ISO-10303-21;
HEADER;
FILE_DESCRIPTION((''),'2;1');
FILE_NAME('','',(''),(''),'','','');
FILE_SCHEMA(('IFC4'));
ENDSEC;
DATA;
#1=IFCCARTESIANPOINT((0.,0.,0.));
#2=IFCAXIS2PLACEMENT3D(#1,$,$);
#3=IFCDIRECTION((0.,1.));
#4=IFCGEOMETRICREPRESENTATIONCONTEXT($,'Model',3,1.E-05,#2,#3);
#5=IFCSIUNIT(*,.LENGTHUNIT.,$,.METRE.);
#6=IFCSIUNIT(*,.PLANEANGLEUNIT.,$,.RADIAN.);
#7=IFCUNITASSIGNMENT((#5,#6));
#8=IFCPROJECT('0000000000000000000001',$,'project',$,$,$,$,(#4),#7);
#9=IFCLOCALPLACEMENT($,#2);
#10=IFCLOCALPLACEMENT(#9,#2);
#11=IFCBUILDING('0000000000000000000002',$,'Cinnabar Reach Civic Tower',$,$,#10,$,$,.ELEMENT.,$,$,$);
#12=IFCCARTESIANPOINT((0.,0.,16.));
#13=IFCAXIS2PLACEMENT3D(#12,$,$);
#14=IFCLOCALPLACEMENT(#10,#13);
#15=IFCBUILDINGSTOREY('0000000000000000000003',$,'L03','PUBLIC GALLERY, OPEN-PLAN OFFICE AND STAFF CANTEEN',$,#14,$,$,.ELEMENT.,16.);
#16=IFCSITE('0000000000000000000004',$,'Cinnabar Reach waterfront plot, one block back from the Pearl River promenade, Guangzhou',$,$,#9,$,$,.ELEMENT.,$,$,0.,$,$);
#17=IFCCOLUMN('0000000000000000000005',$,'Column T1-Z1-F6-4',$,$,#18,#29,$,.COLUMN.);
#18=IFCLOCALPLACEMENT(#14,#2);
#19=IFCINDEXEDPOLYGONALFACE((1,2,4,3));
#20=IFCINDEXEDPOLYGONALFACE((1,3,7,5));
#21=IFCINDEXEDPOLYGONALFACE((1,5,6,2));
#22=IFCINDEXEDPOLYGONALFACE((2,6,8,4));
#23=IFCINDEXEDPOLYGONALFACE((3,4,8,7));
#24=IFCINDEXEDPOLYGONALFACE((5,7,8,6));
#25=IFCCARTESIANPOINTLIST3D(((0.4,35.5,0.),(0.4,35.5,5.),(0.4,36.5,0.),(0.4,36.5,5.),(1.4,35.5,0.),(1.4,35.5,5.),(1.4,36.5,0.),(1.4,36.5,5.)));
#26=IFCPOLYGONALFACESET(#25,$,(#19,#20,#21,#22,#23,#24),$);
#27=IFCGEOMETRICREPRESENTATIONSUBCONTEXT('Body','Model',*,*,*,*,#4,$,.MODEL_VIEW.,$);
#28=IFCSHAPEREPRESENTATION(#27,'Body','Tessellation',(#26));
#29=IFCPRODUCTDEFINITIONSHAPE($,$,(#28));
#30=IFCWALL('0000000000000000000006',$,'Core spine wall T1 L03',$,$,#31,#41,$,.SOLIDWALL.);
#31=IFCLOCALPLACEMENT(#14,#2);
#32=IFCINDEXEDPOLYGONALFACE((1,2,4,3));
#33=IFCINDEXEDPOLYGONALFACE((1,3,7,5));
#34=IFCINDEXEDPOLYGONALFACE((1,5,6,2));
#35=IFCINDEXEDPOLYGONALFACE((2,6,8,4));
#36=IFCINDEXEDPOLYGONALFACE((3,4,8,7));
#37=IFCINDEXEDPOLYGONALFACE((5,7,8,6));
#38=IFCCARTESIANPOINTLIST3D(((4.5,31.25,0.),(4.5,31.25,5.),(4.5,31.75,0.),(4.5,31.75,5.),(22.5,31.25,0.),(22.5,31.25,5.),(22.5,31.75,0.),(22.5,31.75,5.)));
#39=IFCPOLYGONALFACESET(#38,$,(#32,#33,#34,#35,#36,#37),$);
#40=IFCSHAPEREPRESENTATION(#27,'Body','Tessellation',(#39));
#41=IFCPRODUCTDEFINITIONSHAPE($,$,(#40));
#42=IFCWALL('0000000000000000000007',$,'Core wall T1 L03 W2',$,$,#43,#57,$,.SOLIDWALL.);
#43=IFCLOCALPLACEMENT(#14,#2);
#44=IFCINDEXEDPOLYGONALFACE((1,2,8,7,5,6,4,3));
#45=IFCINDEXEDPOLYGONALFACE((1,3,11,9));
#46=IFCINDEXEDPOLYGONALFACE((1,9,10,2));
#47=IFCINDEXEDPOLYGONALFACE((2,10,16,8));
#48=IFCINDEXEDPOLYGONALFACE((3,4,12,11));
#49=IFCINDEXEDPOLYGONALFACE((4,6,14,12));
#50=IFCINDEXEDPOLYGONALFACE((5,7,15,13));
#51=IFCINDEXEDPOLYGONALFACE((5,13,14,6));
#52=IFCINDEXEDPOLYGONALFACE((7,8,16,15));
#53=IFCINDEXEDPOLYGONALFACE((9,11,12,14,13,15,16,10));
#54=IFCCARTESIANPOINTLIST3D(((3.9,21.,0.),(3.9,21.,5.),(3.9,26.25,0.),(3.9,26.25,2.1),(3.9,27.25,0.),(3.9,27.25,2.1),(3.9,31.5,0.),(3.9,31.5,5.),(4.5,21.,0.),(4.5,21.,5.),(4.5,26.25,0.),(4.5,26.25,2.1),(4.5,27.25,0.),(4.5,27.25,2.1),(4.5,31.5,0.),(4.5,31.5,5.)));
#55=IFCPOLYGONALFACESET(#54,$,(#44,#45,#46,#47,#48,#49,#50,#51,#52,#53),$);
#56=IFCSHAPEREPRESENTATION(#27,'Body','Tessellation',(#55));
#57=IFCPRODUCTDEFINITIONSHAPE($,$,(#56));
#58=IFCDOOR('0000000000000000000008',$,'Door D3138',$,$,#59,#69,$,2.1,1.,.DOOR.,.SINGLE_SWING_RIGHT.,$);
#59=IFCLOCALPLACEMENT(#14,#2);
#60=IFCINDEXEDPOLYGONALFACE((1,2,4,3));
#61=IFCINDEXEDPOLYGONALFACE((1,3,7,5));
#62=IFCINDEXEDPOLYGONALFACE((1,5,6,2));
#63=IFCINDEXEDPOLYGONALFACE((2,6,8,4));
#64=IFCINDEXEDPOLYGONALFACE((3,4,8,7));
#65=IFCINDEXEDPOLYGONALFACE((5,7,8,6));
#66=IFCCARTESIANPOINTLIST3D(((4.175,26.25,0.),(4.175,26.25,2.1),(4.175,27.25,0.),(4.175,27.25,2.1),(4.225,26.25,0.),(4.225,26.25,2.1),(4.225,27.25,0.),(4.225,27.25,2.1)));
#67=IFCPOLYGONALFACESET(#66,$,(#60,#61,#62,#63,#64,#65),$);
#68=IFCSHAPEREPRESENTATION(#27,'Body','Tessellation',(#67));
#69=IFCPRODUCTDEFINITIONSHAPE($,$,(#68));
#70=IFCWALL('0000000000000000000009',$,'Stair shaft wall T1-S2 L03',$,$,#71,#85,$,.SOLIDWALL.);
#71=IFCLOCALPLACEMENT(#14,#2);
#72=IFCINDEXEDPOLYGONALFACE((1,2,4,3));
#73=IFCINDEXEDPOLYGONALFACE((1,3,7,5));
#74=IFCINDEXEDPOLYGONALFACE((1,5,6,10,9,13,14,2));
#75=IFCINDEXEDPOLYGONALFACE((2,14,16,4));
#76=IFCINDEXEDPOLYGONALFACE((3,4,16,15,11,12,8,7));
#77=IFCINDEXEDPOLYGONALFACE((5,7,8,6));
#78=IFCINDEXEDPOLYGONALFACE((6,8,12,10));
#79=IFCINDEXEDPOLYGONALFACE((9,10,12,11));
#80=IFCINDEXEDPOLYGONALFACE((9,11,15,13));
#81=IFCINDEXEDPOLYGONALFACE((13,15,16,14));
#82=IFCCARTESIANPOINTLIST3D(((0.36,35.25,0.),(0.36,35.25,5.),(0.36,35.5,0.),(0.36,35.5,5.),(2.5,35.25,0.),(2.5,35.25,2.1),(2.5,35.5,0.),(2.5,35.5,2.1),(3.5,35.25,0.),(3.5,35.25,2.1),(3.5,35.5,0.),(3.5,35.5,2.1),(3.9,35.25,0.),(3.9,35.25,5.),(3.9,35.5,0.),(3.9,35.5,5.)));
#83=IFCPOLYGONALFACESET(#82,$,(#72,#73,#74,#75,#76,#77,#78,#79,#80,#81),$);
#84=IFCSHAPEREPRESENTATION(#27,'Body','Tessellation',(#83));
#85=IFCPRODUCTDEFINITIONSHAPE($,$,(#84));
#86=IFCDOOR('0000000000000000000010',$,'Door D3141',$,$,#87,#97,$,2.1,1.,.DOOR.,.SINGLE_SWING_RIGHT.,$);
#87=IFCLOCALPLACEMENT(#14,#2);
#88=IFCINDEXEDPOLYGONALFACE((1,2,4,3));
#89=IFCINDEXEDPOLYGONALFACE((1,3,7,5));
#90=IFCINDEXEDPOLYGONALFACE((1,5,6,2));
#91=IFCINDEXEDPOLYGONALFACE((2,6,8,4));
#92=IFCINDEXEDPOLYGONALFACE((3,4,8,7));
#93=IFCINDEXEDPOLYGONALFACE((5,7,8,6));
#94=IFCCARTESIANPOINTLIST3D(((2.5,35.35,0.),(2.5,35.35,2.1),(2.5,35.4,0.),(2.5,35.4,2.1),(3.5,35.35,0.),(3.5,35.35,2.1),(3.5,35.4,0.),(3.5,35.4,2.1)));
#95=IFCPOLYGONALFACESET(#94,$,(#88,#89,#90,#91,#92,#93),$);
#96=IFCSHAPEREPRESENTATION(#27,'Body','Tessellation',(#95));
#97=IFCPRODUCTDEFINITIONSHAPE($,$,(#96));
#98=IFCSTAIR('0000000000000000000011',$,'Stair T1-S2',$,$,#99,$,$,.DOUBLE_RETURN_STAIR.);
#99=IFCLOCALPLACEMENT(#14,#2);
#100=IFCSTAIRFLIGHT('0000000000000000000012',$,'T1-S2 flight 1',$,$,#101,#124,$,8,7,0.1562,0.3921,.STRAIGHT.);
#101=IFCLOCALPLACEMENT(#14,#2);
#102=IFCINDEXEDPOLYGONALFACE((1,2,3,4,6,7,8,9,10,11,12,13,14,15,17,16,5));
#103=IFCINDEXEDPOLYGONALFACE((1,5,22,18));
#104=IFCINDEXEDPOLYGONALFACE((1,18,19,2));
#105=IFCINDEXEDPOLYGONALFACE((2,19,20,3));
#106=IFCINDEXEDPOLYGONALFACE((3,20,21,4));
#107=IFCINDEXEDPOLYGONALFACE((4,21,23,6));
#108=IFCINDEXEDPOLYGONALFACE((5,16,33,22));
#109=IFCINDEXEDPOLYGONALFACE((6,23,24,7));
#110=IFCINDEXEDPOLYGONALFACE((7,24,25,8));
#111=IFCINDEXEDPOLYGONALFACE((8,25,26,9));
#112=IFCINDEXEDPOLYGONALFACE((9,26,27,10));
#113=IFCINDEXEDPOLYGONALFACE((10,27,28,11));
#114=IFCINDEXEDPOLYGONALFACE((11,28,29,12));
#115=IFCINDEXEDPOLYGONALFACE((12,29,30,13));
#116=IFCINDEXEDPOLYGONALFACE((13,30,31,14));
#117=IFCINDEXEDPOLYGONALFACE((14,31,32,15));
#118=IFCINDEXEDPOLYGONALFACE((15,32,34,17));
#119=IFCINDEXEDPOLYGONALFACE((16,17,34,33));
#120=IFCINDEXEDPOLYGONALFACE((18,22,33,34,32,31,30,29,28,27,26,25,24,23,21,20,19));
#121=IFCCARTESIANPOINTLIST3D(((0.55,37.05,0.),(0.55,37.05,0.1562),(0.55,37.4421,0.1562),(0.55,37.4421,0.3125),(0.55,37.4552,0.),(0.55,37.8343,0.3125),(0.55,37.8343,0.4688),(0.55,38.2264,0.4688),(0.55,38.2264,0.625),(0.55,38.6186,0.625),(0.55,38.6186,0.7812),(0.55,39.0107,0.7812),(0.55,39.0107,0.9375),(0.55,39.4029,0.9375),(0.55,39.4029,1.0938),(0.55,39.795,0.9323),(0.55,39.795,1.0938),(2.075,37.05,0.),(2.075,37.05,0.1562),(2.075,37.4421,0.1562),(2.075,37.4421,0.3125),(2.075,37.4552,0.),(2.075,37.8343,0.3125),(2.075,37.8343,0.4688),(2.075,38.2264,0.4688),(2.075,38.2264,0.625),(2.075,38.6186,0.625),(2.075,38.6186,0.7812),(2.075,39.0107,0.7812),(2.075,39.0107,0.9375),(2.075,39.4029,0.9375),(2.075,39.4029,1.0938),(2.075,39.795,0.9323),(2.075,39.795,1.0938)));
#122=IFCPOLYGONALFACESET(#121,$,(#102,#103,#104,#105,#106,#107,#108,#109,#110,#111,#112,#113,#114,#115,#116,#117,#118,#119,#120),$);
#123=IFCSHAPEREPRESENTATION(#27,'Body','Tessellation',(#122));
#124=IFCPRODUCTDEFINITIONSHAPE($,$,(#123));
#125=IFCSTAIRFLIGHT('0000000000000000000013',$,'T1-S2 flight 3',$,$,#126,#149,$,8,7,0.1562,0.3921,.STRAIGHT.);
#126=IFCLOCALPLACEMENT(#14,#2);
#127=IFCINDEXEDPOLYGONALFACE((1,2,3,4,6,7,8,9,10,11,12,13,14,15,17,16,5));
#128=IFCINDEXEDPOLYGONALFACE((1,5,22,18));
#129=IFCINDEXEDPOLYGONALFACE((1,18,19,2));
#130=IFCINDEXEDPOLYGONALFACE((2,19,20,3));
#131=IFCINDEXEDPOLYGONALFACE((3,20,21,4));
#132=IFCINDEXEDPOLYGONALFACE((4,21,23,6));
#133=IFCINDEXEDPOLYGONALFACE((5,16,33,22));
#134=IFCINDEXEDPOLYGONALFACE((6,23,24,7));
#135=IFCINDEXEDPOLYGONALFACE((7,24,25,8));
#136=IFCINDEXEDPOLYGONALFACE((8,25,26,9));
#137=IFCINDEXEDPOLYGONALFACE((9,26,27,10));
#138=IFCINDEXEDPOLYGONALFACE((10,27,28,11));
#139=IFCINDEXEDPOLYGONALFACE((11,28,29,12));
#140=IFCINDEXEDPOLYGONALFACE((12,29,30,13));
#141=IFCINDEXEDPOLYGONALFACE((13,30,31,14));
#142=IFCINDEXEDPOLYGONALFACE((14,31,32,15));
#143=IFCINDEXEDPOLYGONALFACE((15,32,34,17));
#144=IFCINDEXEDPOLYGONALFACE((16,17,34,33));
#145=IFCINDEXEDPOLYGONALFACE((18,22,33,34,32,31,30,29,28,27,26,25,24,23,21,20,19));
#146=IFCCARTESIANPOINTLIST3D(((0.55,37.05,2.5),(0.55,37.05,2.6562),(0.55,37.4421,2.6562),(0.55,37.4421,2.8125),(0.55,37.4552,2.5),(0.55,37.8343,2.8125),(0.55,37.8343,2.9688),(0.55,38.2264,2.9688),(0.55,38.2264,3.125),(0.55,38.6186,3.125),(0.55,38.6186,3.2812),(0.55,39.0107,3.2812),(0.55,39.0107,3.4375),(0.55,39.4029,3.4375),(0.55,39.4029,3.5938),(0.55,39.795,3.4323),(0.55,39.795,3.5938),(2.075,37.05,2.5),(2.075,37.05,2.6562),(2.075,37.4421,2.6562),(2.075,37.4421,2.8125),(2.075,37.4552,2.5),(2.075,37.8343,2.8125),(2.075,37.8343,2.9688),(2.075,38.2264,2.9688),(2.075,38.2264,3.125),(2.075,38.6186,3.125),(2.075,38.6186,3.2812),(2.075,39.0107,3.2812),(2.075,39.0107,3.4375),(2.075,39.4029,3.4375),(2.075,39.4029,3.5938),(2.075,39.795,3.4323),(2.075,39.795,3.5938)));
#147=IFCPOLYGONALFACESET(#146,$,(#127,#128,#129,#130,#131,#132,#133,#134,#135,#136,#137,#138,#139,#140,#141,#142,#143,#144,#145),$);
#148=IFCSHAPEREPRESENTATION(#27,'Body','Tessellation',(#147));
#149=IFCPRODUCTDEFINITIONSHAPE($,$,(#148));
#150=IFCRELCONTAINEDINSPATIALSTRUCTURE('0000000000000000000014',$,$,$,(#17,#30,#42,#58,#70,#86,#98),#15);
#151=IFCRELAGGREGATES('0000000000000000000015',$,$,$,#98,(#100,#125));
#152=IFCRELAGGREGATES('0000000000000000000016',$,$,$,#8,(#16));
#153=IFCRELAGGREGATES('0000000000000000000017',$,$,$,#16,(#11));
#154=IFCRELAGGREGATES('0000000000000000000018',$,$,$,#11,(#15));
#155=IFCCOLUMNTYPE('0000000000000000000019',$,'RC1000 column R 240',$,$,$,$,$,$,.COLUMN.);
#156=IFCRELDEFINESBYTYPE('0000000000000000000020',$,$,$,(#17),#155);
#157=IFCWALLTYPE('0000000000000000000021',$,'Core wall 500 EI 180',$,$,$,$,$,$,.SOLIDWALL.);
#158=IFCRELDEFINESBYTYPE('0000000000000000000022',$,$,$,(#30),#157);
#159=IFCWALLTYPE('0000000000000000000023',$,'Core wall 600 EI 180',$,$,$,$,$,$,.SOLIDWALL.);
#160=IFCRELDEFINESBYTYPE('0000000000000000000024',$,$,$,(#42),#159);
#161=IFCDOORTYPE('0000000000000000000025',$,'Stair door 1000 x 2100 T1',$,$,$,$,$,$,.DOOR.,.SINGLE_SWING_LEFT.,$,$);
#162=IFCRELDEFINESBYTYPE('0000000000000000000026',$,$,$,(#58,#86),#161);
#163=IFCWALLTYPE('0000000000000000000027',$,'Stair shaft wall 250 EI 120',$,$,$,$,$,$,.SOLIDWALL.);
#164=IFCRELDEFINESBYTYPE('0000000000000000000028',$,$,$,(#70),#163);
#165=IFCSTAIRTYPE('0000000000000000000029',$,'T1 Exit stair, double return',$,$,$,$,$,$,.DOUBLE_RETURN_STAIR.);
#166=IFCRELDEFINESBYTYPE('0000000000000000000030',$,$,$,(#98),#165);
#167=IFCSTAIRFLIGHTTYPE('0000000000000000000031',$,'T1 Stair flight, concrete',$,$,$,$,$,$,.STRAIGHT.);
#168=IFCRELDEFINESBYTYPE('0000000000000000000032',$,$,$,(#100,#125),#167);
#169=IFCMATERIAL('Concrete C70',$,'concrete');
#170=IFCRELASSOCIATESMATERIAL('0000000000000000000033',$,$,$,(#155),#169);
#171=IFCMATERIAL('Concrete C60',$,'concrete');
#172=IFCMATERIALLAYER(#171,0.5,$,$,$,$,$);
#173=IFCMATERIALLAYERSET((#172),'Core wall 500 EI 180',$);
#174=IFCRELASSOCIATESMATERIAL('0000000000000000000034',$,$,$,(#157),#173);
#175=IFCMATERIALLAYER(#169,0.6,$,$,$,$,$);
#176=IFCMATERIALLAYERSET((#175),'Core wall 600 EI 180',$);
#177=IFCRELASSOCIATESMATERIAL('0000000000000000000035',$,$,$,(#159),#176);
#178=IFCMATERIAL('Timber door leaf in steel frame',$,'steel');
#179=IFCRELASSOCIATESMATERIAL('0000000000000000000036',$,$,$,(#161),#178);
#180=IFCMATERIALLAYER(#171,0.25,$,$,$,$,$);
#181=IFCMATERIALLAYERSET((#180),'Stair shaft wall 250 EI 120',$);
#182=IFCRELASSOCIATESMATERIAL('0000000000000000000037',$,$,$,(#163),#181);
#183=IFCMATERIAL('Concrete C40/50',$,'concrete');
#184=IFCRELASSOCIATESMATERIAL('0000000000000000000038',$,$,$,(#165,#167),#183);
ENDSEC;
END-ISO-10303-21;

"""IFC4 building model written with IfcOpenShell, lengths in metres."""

from ifc_helpers import new_model, si_unit, direction, frame, frame_2d, origin, origin_2d, place, context, subcontext, project, spatial, polyline, rectangle, outline, extrude, material, layer, layer_set, material_profile, profile_set, type_object, element, fill, aggregate, save


model = new_model("IFC4")

# Units and contexts
model_context = context("Model", 3, precision=1e-05, world=origin(), true_north=direction((0.0, 1.0)))
body_context = subcontext(model_context, "Body", "Model", "MODEL_VIEW")
ifc_project = project(units=[si_unit("LENGTHUNIT", "METRE"), si_unit("PLANEANGLEUNIT", "RADIAN")], contexts=[model_context])

# Site, building, storey
site_placement = place(None, origin())
site = spatial("IfcSite", under=ifc_project, at=site_placement, Name="Cinnabar Reach waterfront plot, one block back from the Pearl River promenade, Guangzhou", CompositionType="ELEMENT", RefElevation=0.0)
building_placement = place(site_placement, origin())
building = spatial("IfcBuilding", under=site, at=building_placement, Name="Cinnabar Reach Civic Tower", CompositionType="ELEMENT")
storey_placement = place(building_placement, frame((0.0, 0.0, 16.0)))
storey = spatial("IfcBuildingStorey", under=building, at=storey_placement, Name="L03", Description="PUBLIC GALLERY, OPEN-PLAN OFFICE AND STAFF CANTEEN", CompositionType="ELEMENT", Elevation=16.0)

# Column
ifc_material_1 = material(Name="Concrete C70", Category="concrete")
ifc_material_profile = material_profile(ifc_material_1, rectangle(XDim=1.0, YDim=1.0, at=origin_2d()), Name="RC1000")
ifc_profile_set = profile_set([ifc_material_profile], Name="Concrete C70")
column_type = type_object("IfcColumnType", Name="RC1000 column R 240", PredefinedType="COLUMN", material=ifc_profile_set)
column_placement = place(storey_placement, frame((0.9, 36.0, 0.0), z_axis=(0.0, 0.0, 1.0), x_axis=(1.0, 0.0, 0.0)))
element("IfcColumn", 1, at=column_placement, inside=storey, type_object=column_type, Name="Column T1-Z1-F6-4", PredefinedType="COLUMN", context=body_context, shape_type="SweptSolid", body=[
    extrude(rectangle(XDim=1.0, YDim=1.0, at=origin_2d()), origin(), (0.0, 0.0, 1.0), 5.0),
])

# Wall
ifc_material_2 = material(Name="Concrete C60", Category="concrete")
ifc_layer_1 = layer(ifc_material_2, 0.5)
ifc_layer_set_1 = layer_set([ifc_layer_1], Name="Core wall 500 EI 180")
wall_type_1 = type_object("IfcWallType", Name="Core wall 500 EI 180", PredefinedType="SOLIDWALL", material=ifc_layer_set_1)
wall_1_placement = place(storey_placement, frame((4.5, 31.5, 0.0), z_axis=(0.0, 0.0, 1.0), x_axis=(1.0, 0.0, 0.0)))
element("IfcWall", 2, at=wall_1_placement, inside=storey, type_object=wall_type_1, Name="Core spine wall T1 L03", PredefinedType="SOLIDWALL", context=body_context, shape_type="SweptSolid", body=[
    extrude(rectangle(XDim=18.0, YDim=0.5, at=frame_2d((9.0, 0.0))), origin(), (0.0, 0.0, 1.0), 5.0),
])

# Walls, openings, doors
ifc_layer_2 = layer(ifc_material_1, 0.6)
ifc_layer_set_2 = layer_set([ifc_layer_2], Name="Core wall 600 EI 180")
wall_type_2 = type_object("IfcWallType", Name="Core wall 600 EI 180", PredefinedType="SOLIDWALL", material=ifc_layer_set_2)
wall_2_placement = place(storey_placement, frame((4.2, 31.5, 0.0), z_axis=(0.0, 0.0, 1.0), x_axis=(0.0, -1.0, 0.0)))
wall_2 = element("IfcWall", 3, at=wall_2_placement, inside=storey, type_object=wall_type_2, Name="Core wall T1 L03 W2", PredefinedType="SOLIDWALL", context=body_context, shape_type="SweptSolid", body=[
    extrude(rectangle(XDim=10.5, YDim=0.6, at=frame_2d((5.25, 0.0))), origin(), (0.0, 0.0, 1.0), 5.0),
])
opening_1_placement = place(wall_2_placement, frame((4.25, 0.0, 0.0)))
opening_1 = element("IfcOpeningElement", 4, at=opening_1_placement, cuts=wall_2, PredefinedType="OPENING", context=body_context, shape_type="SweptSolid", body=[
    extrude(rectangle(XDim=1.0, YDim=2.1, at=frame_2d((0.5, 1.05))), frame((0.0, 0.31, 0.0), z_axis=(0.0, -1.0, 0.0), x_axis=(1.0, 0.0, 0.0)), (0.0, 0.0, 1.0), 0.62),
])
ifc_material_3 = material(Name="Timber door leaf in steel frame", Category="steel")
door_type = type_object("IfcDoorType", Name="Stair door 1000 x 2100 T1", OperationType="SINGLE_SWING_LEFT", PredefinedType="DOOR", material=ifc_material_3)
door_1_placement = place(opening_1_placement, frame((1.0, 0.0, 0.0), z_axis=(0.0, 0.0, 1.0), x_axis=(-1.0, 0.0, 0.0)))
door_1 = element("IfcDoor", 5, at=door_1_placement, inside=storey, type_object=door_type, Name="Door D3138", OperationType="SINGLE_SWING_RIGHT", OverallHeight=2.1, OverallWidth=1.0, PredefinedType="DOOR", context=body_context, shape_type="SweptSolid", body=[
    extrude(rectangle(XDim=1.0, YDim=2.1, at=frame_2d((0.5, 1.05))), frame((0.0, 0.025, 0.0), z_axis=(0.0, -1.0, 0.0), x_axis=(1.0, 0.0, 0.0)), (0.0, 0.0, 1.0), 0.05),
])
fill(opening_1, door_1)
ifc_layer_3 = layer(ifc_material_2, 0.25)
ifc_layer_set_3 = layer_set([ifc_layer_3], Name="Stair shaft wall 250 EI 120")
wall_type_3 = type_object("IfcWallType", Name="Stair shaft wall 250 EI 120", PredefinedType="SOLIDWALL", material=ifc_layer_set_3)
wall_3_placement = place(storey_placement, frame((0.36, 35.375, 0.0), z_axis=(0.0, 0.0, 1.0), x_axis=(1.0, 0.0, 0.0)))
wall_3 = element("IfcWall", 6, at=wall_3_placement, inside=storey, type_object=wall_type_3, Name="Stair shaft wall T1-S2 L03", PredefinedType="SOLIDWALL", context=body_context, shape_type="SweptSolid", body=[
    extrude(rectangle(XDim=3.54, YDim=0.25, at=frame_2d((1.77, 0.0))), origin(), (0.0, 0.0, 1.0), 5.0),
])
opening_2_placement = place(wall_3_placement, frame((2.14, 0.0, 0.0)))
opening_2 = element("IfcOpeningElement", 7, at=opening_2_placement, cuts=wall_3, PredefinedType="OPENING", context=body_context, shape_type="SweptSolid", body=[
    extrude(rectangle(XDim=1.0, YDim=2.1, at=frame_2d((0.5, 1.05))), frame((0.0, 0.135, 0.0), z_axis=(0.0, -1.0, 0.0), x_axis=(1.0, 0.0, 0.0)), (0.0, 0.0, 1.0), 0.27),
])
door_2_placement = place(opening_2_placement, origin())
door_2 = element("IfcDoor", 8, at=door_2_placement, inside=storey, type_object=door_type, Name="Door D3141", OperationType="SINGLE_SWING_RIGHT", OverallHeight=2.1, OverallWidth=1.0, PredefinedType="DOOR", context=body_context, shape_type="SweptSolid", body=[
    extrude(rectangle(XDim=1.0, YDim=2.1, at=frame_2d((0.5, 1.05))), frame((0.0, 0.025, 0.0), z_axis=(0.0, -1.0, 0.0), x_axis=(1.0, 0.0, 0.0)), (0.0, 0.0, 1.0), 0.05),
])
fill(opening_2, door_2)

# Stair, stair flights
ifc_material_4 = material(Name="Concrete C40/50", Category="concrete")
stair_type = type_object("IfcStairType", Name="T1 Exit stair, double return", PredefinedType="DOUBLE_RETURN_STAIR", material=ifc_material_4)
stair_placement = place(storey_placement, origin())
stair = element("IfcStair", 9, at=stair_placement, inside=storey, type_object=stair_type, Name="Stair T1-S2", PredefinedType="DOUBLE_RETURN_STAIR")
stair_flight_type = type_object("IfcStairFlightType", Name="T1 Stair flight, concrete", PredefinedType="STRAIGHT", material=ifc_material_4)
stair_flight_1_placement = place(storey_placement, frame((1.3125, 37.05, 0.0), z_axis=(0.0, 0.0, 1.0), x_axis=(0.0, 1.0, 0.0)))
stair_flight_1 = element("IfcStairFlight", 10, at=stair_flight_1_placement, type_object=stair_flight_type, Name="T1-S2 flight 1", NumberOfRisers=8, NumberOfTreads=7, PredefinedType="STRAIGHT", RiserHeight=0.1562, TreadLength=0.3921, context=body_context, shape_type="SweptSolid", body=[
    extrude(outline(polyline([(0.0, 0.0), (0.0, 0.1562), (0.3921, 0.1562), (0.3921, 0.3125), (0.7843, 0.3125), (0.7843, 0.4688), (1.1764, 0.4688), (1.1764, 0.625), (1.5686, 0.625), (1.5686, 0.7812), (1.9607, 0.7812), (1.9607, 0.9375), (2.3529, 0.9375), (2.3529, 1.0938), (2.745, 1.0938), (2.745, 1.25), (2.745, 0.9323), (0.4052, 0.0), (0.0, 0.0)])), frame((0.0, 0.7625, 0.0), z_axis=(0.0, -1.0, 0.0), x_axis=(1.0, 0.0, 0.0)), (0.0, 0.0, 1.0), 1.525),
])
stair_flight_2_placement = place(storey_placement, frame((1.3125, 37.05, 2.5), z_axis=(0.0, 0.0, 1.0), x_axis=(0.0, 1.0, 0.0)))
stair_flight_2 = element("IfcStairFlight", 11, at=stair_flight_2_placement, type_object=stair_flight_type, Name="T1-S2 flight 3", NumberOfRisers=8, NumberOfTreads=7, PredefinedType="STRAIGHT", RiserHeight=0.1562, TreadLength=0.3921, context=body_context, shape_type="SweptSolid", body=[
    extrude(outline(polyline([(0.0, 0.0), (0.0, 0.1562), (0.3921, 0.1562), (0.3921, 0.3125), (0.7843, 0.3125), (0.7843, 0.4688), (1.1764, 0.4688), (1.1764, 0.625), (1.5686, 0.625), (1.5686, 0.7812), (1.9607, 0.7812), (1.9607, 0.9375), (2.3529, 0.9375), (2.3529, 1.0938), (2.745, 1.0938), (2.745, 1.25), (2.745, 0.9323), (0.4052, 0.0), (0.0, 0.0)])), frame((0.0, 0.7625, 0.0), z_axis=(0.0, -1.0, 0.0), x_axis=(1.0, 0.0, 0.0)), (0.0, 0.0, 1.0), 1.525),
])
aggregate(stair, [stair_flight_1, stair_flight_2])

save(model, "model.ifc")
